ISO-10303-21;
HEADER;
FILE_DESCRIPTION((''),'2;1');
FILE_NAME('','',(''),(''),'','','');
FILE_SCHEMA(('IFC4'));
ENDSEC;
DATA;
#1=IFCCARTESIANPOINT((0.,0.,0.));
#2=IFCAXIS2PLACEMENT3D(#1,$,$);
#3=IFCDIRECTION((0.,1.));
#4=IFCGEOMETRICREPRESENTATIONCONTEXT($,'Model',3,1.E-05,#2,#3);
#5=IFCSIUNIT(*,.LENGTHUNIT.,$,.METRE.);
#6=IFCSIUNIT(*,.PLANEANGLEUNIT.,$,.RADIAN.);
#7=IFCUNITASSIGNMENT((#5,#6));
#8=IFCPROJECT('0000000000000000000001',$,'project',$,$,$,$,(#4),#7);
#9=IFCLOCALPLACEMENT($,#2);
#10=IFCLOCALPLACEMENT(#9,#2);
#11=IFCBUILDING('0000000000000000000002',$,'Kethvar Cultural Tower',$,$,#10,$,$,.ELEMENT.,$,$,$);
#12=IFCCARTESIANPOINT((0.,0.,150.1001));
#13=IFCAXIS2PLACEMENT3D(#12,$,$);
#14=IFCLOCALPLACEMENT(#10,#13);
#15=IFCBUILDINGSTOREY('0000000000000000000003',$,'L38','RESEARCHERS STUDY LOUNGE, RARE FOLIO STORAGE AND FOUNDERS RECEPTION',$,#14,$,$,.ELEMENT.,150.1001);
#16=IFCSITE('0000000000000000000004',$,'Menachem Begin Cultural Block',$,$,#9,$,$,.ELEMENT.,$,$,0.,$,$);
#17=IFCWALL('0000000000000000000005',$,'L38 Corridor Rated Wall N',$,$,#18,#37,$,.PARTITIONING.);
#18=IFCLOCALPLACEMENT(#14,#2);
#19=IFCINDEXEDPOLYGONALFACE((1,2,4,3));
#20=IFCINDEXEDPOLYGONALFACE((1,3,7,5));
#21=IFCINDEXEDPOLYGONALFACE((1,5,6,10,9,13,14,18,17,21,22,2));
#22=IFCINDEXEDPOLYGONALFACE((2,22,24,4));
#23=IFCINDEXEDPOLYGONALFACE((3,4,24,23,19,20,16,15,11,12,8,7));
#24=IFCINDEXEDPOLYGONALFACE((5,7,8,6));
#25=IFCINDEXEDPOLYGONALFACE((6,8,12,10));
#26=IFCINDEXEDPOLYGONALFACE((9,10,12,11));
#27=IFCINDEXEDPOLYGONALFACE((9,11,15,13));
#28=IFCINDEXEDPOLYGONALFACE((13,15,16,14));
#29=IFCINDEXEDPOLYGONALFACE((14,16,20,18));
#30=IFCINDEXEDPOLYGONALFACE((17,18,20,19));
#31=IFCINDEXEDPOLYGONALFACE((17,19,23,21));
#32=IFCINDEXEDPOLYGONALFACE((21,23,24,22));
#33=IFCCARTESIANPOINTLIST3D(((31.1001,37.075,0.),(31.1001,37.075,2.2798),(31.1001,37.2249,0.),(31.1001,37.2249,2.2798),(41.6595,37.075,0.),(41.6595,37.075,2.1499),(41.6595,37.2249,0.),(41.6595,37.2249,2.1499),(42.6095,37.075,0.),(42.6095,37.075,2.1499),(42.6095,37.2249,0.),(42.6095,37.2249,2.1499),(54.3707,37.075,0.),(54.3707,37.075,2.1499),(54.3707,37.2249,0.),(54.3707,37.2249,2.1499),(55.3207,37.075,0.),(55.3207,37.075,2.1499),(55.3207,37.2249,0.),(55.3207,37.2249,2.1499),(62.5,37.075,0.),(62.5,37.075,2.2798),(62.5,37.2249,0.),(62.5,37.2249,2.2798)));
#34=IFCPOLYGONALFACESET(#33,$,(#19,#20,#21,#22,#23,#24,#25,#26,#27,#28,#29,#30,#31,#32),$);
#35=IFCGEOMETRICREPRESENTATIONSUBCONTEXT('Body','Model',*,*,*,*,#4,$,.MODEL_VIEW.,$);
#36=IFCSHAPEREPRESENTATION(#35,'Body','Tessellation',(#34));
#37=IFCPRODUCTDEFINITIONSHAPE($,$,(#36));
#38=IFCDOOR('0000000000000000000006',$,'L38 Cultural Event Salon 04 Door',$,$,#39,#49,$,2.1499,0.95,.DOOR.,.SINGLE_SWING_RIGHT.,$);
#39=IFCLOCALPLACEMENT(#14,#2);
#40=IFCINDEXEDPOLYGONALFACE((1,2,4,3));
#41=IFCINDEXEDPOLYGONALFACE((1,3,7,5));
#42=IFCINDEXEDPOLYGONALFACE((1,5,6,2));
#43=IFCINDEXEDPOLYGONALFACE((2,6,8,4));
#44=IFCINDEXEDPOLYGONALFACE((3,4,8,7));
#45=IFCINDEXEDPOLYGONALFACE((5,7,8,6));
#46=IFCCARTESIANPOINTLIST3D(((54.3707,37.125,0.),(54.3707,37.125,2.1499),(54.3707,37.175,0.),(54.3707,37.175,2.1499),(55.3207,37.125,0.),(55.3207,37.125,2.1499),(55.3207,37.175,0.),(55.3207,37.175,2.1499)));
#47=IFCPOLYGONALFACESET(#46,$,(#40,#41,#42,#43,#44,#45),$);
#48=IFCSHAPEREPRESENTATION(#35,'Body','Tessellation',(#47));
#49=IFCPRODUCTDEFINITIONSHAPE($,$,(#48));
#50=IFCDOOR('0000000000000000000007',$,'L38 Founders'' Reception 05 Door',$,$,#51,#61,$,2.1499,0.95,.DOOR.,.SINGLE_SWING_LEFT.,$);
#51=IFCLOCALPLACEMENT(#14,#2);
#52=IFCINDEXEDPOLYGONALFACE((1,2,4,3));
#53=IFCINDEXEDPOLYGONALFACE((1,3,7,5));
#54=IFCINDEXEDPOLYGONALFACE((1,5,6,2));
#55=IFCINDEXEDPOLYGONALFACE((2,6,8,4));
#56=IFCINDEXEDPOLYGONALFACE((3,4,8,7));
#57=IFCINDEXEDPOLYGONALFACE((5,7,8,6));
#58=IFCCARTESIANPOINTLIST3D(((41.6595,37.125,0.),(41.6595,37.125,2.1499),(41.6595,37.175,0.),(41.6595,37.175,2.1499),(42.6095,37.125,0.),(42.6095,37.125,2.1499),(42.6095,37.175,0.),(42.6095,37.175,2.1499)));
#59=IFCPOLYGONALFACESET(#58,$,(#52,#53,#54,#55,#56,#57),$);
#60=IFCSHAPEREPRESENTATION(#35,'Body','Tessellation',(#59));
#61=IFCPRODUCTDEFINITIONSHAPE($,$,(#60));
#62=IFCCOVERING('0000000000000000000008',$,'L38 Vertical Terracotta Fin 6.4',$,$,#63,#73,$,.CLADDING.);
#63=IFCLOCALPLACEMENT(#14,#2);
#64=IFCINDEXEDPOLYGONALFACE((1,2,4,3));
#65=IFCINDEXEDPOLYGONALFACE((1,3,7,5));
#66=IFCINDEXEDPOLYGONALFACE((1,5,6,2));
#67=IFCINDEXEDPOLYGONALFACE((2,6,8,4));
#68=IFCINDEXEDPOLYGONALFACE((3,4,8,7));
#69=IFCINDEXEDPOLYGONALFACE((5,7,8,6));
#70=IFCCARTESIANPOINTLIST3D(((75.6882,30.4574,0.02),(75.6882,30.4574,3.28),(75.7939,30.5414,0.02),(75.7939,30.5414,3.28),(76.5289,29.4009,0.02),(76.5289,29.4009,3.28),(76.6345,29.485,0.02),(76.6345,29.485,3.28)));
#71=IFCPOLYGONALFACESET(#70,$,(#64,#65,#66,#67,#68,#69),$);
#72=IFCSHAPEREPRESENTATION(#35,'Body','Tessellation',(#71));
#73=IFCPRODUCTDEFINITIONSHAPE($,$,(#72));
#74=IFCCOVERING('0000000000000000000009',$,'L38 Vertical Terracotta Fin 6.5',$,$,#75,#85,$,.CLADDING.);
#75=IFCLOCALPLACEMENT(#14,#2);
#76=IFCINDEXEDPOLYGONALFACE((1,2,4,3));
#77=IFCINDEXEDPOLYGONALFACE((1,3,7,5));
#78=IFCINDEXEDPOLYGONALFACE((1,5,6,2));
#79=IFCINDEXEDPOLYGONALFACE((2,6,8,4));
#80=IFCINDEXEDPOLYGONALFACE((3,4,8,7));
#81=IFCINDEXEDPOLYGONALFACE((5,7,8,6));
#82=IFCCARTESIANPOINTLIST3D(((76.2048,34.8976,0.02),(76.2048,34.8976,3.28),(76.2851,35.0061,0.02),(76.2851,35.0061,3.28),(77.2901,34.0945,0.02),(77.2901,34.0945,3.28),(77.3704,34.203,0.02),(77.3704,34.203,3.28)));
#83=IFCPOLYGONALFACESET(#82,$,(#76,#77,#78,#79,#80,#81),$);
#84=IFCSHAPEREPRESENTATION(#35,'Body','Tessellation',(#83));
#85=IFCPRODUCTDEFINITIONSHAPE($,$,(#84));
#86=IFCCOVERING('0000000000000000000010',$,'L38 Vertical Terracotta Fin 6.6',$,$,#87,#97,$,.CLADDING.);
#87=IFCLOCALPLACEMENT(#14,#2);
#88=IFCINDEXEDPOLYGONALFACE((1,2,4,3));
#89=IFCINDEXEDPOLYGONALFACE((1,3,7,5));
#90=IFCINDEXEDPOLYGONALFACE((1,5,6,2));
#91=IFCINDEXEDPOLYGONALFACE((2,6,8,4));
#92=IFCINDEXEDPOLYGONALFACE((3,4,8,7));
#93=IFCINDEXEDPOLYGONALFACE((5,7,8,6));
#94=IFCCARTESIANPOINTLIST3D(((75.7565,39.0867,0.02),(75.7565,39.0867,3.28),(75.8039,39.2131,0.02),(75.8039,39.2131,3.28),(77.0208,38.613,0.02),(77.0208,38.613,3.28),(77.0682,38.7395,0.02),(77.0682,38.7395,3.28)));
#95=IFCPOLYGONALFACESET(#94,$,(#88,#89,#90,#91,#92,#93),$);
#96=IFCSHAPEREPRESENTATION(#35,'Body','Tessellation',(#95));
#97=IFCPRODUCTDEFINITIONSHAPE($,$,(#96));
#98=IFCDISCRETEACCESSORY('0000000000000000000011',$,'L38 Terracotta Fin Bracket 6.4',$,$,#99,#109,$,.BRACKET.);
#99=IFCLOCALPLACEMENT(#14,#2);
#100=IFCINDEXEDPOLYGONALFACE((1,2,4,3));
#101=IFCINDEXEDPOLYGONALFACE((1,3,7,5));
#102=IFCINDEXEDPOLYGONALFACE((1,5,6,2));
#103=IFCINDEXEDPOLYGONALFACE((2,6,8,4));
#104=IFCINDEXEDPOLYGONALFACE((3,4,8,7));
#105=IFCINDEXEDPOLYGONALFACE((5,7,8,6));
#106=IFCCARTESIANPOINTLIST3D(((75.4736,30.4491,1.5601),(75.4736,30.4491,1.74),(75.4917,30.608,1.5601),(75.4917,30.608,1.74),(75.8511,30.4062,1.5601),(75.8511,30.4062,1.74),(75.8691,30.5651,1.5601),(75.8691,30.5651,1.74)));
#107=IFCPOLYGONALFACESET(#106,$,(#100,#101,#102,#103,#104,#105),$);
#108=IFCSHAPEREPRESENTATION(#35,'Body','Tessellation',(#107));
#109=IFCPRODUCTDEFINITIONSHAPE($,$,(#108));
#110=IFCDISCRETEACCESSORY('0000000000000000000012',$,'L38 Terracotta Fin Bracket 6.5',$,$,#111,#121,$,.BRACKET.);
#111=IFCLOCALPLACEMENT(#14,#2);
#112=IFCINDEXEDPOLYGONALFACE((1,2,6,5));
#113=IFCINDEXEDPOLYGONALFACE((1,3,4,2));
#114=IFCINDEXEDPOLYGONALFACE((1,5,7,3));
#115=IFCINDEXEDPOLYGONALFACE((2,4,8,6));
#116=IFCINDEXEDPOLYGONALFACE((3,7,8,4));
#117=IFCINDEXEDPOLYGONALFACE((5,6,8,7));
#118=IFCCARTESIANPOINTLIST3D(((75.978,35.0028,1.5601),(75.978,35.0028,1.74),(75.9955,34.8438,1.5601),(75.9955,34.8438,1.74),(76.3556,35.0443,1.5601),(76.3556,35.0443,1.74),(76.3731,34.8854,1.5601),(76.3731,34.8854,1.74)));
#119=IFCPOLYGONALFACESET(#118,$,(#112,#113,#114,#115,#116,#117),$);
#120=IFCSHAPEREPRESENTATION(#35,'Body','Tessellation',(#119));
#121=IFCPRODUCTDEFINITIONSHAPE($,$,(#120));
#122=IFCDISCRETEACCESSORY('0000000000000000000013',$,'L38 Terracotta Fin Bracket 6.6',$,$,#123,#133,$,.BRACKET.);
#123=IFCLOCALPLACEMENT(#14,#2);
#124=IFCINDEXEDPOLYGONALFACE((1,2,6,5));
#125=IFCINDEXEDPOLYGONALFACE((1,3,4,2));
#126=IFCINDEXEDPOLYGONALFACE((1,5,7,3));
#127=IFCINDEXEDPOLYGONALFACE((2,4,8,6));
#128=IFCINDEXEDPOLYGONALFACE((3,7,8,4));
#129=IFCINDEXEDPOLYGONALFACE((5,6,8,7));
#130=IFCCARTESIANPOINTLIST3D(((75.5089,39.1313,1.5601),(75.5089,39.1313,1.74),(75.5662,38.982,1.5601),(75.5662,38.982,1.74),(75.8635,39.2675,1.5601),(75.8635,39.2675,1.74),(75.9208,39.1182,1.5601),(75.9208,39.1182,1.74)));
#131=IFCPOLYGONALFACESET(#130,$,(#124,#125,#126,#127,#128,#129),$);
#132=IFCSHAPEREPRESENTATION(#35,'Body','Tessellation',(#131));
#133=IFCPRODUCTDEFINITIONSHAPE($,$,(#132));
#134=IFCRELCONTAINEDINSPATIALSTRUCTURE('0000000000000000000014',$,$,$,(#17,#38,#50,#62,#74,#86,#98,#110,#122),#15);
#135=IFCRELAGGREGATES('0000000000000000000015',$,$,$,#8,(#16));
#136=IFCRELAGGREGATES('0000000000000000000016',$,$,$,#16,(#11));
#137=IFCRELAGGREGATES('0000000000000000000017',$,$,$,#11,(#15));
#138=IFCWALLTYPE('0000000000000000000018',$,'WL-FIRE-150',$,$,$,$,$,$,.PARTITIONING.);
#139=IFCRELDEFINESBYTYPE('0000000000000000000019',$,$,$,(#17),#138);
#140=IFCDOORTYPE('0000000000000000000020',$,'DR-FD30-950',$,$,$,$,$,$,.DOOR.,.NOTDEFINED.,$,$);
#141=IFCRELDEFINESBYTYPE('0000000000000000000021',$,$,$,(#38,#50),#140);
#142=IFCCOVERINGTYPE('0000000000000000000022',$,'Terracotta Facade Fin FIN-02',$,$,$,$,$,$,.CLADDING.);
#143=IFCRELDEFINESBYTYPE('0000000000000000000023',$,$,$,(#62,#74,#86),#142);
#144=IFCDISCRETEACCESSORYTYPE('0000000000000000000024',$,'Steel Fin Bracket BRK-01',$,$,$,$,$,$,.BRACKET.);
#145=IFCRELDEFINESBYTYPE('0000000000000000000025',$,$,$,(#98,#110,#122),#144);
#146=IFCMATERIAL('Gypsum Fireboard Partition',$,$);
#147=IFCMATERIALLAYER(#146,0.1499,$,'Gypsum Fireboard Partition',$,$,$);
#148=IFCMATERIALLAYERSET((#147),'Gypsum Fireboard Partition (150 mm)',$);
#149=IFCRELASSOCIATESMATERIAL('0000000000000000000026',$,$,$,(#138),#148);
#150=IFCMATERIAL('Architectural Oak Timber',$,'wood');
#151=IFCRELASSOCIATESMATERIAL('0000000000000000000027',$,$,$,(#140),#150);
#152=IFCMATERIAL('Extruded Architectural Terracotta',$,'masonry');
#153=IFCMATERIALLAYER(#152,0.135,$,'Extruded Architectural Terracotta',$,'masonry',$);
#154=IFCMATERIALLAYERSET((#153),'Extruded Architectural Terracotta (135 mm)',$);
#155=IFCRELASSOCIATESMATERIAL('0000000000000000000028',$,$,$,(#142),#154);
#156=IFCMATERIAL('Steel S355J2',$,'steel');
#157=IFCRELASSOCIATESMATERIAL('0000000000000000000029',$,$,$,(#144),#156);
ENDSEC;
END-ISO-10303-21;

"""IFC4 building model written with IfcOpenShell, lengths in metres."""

from ifc_helpers import new_model, si_unit, direction, frame, frame_2d, origin, origin_2d, place, context, subcontext, project, spatial, rectangle, extrude, source, transform, mapped, material, layer, layer_set, type_object, element, fill, save


model = new_model("IFC4")

# Units and contexts
model_context = context("Model", 3, precision=1e-05, world=origin(), true_north=direction((0.0, 1.0)))
body_context = subcontext(model_context, "Body", "Model", "MODEL_VIEW")
ifc_project = project(units=[si_unit("LENGTHUNIT", "METRE"), si_unit("PLANEANGLEUNIT", "RADIAN")], contexts=[model_context])

# Site, building, storey
site_placement = place(None, origin())
site = spatial("IfcSite", under=ifc_project, at=site_placement, Name="Menachem Begin Cultural Block", CompositionType="ELEMENT", RefElevation=0.0)
building_placement = place(site_placement, origin())
building = spatial("IfcBuilding", under=site, at=building_placement, Name="Kethvar Cultural Tower", CompositionType="ELEMENT")
storey_placement = place(building_placement, frame((0.0, 0.0, 150.1001)))
storey = spatial("IfcBuildingStorey", under=building, at=storey_placement, Name="L38", Description="RESEARCHERS STUDY LOUNGE, RARE FOLIO STORAGE AND FOUNDERS RECEPTION", CompositionType="ELEMENT", Elevation=150.1001)

# Shared definitions
ifc_material_1 = material(Name="Steel S355J2", Category="steel")

# Shared definitions
ifc_material_2 = material(Name="Gypsum Fireboard Partition")
ifc_layer_1 = layer(ifc_material_2, 0.1499, Name="Gypsum Fireboard Partition")
ifc_layer_set_1 = layer_set([ifc_layer_1], Name="Gypsum Fireboard Partition (150 mm)")
wall_type = type_object("IfcWallType", Name="WL-FIRE-150", PredefinedType="PARTITIONING", material=ifc_layer_set_1)

# Wall, openings, doors
wall_1_placement = place(storey_placement, frame((62.5, 37.1499, 0.0), z_axis=(0.0, 0.0, 1.0), x_axis=(-1.0, 0.0, 0.0)))
wall_1 = element("IfcWall", 1, at=wall_1_placement, inside=storey, type_object=wall_type, Name="L38 Corridor Rated Wall N", PredefinedType="PARTITIONING", context=body_context, shape_type="SweptSolid", body=[
    extrude(rectangle(XDim=31.3999, YDim=0.1499, at=frame_2d((15.7, 0.0))), origin(), (0.0, 0.0, 1.0), 2.2798),
])
opening_1_placement = place(wall_1_placement, frame((7.1792, 0.0, 0.0)))
opening_1 = element("IfcOpeningElement", 2, at=opening_1_placement, cuts=wall_1, PredefinedType="OPENING", context=body_context, shape_type="SweptSolid", body=[
    extrude(rectangle(XDim=0.95, YDim=2.1499, at=frame_2d((0.4751, 1.075))), frame((0.0, 0.085, 0.0), z_axis=(0.0, -1.0, 0.0), x_axis=(1.0, 0.0, 0.0)), (0.0, 0.0, 1.0), 0.1699),
])
opening_2_placement = place(wall_1_placement, frame((19.8904, 0.0, 0.0)))
opening_2 = element("IfcOpeningElement", 3, at=opening_2_placement, cuts=wall_1, PredefinedType="OPENING", context=body_context, shape_type="SweptSolid", body=[
    extrude(rectangle(XDim=0.95, YDim=2.1499, at=frame_2d((0.4751, 1.075))), frame((0.0, 0.085, 0.0), z_axis=(0.0, -1.0, 0.0), x_axis=(1.0, 0.0, 0.0)), (0.0, 0.0, 1.0), 0.1699),
])
ifc_material_3 = material(Name="Architectural Oak Timber", Category="wood")
door_type = type_object("IfcDoorType", Name="DR-FD30-950", OperationType="NOTDEFINED", PredefinedType="DOOR", material=ifc_material_3)
shared_shape_1 = source(origin(), body_context, "Body", "SweptSolid", [
    extrude(rectangle(XDim=0.95, YDim=2.1499, at=frame_2d((0.4751, 1.075))), frame((0.0, 0.0249, 0.0), z_axis=(0.0, -1.0, 0.0), x_axis=(1.0, 0.0, 0.0)), (0.0, 0.0, 1.0), 0.05),
])
door_1_placement = place(opening_1_placement, origin())
door_1 = element("IfcDoor", 4, at=door_1_placement, inside=storey, type_object=door_type, Name="L38 Cultural Event Salon 04 Door", OperationType="SINGLE_SWING_RIGHT", OverallHeight=2.1499, OverallWidth=0.95, PredefinedType="DOOR", context=body_context, shape_type="MappedRepresentation", body=[
    mapped(shared_shape_1, transform((0.0, 0.0, 0.0), scale=1.0)),
])
fill(opening_1, door_1)
door_2_placement = place(opening_2_placement, origin())
door_2 = element("IfcDoor", 5, at=door_2_placement, inside=storey, type_object=door_type, Name="L38 Founders' Reception 05 Door", OperationType="SINGLE_SWING_LEFT", OverallHeight=2.1499, OverallWidth=0.95, PredefinedType="DOOR", context=body_context, shape_type="MappedRepresentation", body=[
    mapped(shared_shape_1, transform((0.0, 0.0, 0.0), scale=1.0)),
])
fill(opening_2, door_2)

# Coverings
ifc_material_4 = material(Name="Extruded Architectural Terracotta", Category="masonry")
ifc_layer_2 = layer(ifc_material_4, 0.135, Name="Extruded Architectural Terracotta", Category="masonry")
ifc_layer_set_2 = layer_set([ifc_layer_2], Name="Extruded Architectural Terracotta (135 mm)")
covering_type = type_object("IfcCoveringType", Name="Terracotta Facade Fin FIN-02", PredefinedType="CLADDING", material=ifc_layer_set_2)
shared_shape_2 = source(origin(), body_context, "Body", "SweptSolid", [
    extrude(rectangle(XDim=1.3501, YDim=0.135, at=origin_2d()), origin(), (0.0, 0.0, 1.0), 3.26),
])
for number, where, z_axis, x_axis, name in (
    (6, (76.1614, 29.9712, 0.02), (0.0, 0.0, 1.0), (0.622651, -0.782499, 0.0), "L38 Vertical Terracotta Fin 6.4"),
    (7, (76.7876, 34.5503, 0.02), (0.0, 0.0, 1.0), (0.803857, -0.594823, 0.0), "L38 Vertical Terracotta Fin 6.5"),
    (8, (76.4124, 38.9131, 0.02), (0.0, 0.0, 1.0), (0.936427, -0.350861, 0.0), "L38 Vertical Terracotta Fin 6.6"),
):
    element("IfcCovering", number, at=place(storey_placement, frame(where, z_axis=z_axis, x_axis=x_axis)), inside=storey, type_object=covering_type, Name=name, PredefinedType="CLADDING", context=body_context, shape_type="MappedRepresentation", body=[
        mapped(shared_shape_2, transform((0.0, 0.0, 0.0), scale=1.0)),
    ])

# Discrete accessories
discrete_accessory_type = type_object("IfcDiscreteAccessoryType", Name="Steel Fin Bracket BRK-01", PredefinedType="BRACKET", material=ifc_material_1)
shared_shape_3 = source(origin(), body_context, "Body", "SweptSolid", [
    extrude(rectangle(XDim=0.3799, YDim=0.1599, at=origin_2d()), origin(), (0.0, 0.0, 1.0), 0.1799),
])
for number, where, z_axis, x_axis, name in (
    (9, (75.6714, 30.5071, 1.5601), (0.0, 0.0, 1.0), (0.993611, -0.112856, 0.0), "L38 Terracotta Fin Bracket 6.4"),
    (10, (76.1755, 34.9441, 1.5601), (0.0, 0.0, 1.0), (0.993999, 0.109387, 0.0), "L38 Terracotta Fin Bracket 6.5"),
    (11, (75.7148, 39.1248, 1.5601), (0.0, 0.0, 1.0), (0.933518, 0.358531, 0.0), "L38 Terracotta Fin Bracket 6.6"),
):
    element("IfcDiscreteAccessory", number, at=place(storey_placement, frame(where, z_axis=z_axis, x_axis=x_axis)), inside=storey, type_object=discrete_accessory_type, Name=name, PredefinedType="BRACKET", context=body_context, shape_type="MappedRepresentation", body=[
        mapped(shared_shape_3, transform((0.0, 0.0, 0.0), scale=1.0)),
    ])

save(model, "model.ifc")
